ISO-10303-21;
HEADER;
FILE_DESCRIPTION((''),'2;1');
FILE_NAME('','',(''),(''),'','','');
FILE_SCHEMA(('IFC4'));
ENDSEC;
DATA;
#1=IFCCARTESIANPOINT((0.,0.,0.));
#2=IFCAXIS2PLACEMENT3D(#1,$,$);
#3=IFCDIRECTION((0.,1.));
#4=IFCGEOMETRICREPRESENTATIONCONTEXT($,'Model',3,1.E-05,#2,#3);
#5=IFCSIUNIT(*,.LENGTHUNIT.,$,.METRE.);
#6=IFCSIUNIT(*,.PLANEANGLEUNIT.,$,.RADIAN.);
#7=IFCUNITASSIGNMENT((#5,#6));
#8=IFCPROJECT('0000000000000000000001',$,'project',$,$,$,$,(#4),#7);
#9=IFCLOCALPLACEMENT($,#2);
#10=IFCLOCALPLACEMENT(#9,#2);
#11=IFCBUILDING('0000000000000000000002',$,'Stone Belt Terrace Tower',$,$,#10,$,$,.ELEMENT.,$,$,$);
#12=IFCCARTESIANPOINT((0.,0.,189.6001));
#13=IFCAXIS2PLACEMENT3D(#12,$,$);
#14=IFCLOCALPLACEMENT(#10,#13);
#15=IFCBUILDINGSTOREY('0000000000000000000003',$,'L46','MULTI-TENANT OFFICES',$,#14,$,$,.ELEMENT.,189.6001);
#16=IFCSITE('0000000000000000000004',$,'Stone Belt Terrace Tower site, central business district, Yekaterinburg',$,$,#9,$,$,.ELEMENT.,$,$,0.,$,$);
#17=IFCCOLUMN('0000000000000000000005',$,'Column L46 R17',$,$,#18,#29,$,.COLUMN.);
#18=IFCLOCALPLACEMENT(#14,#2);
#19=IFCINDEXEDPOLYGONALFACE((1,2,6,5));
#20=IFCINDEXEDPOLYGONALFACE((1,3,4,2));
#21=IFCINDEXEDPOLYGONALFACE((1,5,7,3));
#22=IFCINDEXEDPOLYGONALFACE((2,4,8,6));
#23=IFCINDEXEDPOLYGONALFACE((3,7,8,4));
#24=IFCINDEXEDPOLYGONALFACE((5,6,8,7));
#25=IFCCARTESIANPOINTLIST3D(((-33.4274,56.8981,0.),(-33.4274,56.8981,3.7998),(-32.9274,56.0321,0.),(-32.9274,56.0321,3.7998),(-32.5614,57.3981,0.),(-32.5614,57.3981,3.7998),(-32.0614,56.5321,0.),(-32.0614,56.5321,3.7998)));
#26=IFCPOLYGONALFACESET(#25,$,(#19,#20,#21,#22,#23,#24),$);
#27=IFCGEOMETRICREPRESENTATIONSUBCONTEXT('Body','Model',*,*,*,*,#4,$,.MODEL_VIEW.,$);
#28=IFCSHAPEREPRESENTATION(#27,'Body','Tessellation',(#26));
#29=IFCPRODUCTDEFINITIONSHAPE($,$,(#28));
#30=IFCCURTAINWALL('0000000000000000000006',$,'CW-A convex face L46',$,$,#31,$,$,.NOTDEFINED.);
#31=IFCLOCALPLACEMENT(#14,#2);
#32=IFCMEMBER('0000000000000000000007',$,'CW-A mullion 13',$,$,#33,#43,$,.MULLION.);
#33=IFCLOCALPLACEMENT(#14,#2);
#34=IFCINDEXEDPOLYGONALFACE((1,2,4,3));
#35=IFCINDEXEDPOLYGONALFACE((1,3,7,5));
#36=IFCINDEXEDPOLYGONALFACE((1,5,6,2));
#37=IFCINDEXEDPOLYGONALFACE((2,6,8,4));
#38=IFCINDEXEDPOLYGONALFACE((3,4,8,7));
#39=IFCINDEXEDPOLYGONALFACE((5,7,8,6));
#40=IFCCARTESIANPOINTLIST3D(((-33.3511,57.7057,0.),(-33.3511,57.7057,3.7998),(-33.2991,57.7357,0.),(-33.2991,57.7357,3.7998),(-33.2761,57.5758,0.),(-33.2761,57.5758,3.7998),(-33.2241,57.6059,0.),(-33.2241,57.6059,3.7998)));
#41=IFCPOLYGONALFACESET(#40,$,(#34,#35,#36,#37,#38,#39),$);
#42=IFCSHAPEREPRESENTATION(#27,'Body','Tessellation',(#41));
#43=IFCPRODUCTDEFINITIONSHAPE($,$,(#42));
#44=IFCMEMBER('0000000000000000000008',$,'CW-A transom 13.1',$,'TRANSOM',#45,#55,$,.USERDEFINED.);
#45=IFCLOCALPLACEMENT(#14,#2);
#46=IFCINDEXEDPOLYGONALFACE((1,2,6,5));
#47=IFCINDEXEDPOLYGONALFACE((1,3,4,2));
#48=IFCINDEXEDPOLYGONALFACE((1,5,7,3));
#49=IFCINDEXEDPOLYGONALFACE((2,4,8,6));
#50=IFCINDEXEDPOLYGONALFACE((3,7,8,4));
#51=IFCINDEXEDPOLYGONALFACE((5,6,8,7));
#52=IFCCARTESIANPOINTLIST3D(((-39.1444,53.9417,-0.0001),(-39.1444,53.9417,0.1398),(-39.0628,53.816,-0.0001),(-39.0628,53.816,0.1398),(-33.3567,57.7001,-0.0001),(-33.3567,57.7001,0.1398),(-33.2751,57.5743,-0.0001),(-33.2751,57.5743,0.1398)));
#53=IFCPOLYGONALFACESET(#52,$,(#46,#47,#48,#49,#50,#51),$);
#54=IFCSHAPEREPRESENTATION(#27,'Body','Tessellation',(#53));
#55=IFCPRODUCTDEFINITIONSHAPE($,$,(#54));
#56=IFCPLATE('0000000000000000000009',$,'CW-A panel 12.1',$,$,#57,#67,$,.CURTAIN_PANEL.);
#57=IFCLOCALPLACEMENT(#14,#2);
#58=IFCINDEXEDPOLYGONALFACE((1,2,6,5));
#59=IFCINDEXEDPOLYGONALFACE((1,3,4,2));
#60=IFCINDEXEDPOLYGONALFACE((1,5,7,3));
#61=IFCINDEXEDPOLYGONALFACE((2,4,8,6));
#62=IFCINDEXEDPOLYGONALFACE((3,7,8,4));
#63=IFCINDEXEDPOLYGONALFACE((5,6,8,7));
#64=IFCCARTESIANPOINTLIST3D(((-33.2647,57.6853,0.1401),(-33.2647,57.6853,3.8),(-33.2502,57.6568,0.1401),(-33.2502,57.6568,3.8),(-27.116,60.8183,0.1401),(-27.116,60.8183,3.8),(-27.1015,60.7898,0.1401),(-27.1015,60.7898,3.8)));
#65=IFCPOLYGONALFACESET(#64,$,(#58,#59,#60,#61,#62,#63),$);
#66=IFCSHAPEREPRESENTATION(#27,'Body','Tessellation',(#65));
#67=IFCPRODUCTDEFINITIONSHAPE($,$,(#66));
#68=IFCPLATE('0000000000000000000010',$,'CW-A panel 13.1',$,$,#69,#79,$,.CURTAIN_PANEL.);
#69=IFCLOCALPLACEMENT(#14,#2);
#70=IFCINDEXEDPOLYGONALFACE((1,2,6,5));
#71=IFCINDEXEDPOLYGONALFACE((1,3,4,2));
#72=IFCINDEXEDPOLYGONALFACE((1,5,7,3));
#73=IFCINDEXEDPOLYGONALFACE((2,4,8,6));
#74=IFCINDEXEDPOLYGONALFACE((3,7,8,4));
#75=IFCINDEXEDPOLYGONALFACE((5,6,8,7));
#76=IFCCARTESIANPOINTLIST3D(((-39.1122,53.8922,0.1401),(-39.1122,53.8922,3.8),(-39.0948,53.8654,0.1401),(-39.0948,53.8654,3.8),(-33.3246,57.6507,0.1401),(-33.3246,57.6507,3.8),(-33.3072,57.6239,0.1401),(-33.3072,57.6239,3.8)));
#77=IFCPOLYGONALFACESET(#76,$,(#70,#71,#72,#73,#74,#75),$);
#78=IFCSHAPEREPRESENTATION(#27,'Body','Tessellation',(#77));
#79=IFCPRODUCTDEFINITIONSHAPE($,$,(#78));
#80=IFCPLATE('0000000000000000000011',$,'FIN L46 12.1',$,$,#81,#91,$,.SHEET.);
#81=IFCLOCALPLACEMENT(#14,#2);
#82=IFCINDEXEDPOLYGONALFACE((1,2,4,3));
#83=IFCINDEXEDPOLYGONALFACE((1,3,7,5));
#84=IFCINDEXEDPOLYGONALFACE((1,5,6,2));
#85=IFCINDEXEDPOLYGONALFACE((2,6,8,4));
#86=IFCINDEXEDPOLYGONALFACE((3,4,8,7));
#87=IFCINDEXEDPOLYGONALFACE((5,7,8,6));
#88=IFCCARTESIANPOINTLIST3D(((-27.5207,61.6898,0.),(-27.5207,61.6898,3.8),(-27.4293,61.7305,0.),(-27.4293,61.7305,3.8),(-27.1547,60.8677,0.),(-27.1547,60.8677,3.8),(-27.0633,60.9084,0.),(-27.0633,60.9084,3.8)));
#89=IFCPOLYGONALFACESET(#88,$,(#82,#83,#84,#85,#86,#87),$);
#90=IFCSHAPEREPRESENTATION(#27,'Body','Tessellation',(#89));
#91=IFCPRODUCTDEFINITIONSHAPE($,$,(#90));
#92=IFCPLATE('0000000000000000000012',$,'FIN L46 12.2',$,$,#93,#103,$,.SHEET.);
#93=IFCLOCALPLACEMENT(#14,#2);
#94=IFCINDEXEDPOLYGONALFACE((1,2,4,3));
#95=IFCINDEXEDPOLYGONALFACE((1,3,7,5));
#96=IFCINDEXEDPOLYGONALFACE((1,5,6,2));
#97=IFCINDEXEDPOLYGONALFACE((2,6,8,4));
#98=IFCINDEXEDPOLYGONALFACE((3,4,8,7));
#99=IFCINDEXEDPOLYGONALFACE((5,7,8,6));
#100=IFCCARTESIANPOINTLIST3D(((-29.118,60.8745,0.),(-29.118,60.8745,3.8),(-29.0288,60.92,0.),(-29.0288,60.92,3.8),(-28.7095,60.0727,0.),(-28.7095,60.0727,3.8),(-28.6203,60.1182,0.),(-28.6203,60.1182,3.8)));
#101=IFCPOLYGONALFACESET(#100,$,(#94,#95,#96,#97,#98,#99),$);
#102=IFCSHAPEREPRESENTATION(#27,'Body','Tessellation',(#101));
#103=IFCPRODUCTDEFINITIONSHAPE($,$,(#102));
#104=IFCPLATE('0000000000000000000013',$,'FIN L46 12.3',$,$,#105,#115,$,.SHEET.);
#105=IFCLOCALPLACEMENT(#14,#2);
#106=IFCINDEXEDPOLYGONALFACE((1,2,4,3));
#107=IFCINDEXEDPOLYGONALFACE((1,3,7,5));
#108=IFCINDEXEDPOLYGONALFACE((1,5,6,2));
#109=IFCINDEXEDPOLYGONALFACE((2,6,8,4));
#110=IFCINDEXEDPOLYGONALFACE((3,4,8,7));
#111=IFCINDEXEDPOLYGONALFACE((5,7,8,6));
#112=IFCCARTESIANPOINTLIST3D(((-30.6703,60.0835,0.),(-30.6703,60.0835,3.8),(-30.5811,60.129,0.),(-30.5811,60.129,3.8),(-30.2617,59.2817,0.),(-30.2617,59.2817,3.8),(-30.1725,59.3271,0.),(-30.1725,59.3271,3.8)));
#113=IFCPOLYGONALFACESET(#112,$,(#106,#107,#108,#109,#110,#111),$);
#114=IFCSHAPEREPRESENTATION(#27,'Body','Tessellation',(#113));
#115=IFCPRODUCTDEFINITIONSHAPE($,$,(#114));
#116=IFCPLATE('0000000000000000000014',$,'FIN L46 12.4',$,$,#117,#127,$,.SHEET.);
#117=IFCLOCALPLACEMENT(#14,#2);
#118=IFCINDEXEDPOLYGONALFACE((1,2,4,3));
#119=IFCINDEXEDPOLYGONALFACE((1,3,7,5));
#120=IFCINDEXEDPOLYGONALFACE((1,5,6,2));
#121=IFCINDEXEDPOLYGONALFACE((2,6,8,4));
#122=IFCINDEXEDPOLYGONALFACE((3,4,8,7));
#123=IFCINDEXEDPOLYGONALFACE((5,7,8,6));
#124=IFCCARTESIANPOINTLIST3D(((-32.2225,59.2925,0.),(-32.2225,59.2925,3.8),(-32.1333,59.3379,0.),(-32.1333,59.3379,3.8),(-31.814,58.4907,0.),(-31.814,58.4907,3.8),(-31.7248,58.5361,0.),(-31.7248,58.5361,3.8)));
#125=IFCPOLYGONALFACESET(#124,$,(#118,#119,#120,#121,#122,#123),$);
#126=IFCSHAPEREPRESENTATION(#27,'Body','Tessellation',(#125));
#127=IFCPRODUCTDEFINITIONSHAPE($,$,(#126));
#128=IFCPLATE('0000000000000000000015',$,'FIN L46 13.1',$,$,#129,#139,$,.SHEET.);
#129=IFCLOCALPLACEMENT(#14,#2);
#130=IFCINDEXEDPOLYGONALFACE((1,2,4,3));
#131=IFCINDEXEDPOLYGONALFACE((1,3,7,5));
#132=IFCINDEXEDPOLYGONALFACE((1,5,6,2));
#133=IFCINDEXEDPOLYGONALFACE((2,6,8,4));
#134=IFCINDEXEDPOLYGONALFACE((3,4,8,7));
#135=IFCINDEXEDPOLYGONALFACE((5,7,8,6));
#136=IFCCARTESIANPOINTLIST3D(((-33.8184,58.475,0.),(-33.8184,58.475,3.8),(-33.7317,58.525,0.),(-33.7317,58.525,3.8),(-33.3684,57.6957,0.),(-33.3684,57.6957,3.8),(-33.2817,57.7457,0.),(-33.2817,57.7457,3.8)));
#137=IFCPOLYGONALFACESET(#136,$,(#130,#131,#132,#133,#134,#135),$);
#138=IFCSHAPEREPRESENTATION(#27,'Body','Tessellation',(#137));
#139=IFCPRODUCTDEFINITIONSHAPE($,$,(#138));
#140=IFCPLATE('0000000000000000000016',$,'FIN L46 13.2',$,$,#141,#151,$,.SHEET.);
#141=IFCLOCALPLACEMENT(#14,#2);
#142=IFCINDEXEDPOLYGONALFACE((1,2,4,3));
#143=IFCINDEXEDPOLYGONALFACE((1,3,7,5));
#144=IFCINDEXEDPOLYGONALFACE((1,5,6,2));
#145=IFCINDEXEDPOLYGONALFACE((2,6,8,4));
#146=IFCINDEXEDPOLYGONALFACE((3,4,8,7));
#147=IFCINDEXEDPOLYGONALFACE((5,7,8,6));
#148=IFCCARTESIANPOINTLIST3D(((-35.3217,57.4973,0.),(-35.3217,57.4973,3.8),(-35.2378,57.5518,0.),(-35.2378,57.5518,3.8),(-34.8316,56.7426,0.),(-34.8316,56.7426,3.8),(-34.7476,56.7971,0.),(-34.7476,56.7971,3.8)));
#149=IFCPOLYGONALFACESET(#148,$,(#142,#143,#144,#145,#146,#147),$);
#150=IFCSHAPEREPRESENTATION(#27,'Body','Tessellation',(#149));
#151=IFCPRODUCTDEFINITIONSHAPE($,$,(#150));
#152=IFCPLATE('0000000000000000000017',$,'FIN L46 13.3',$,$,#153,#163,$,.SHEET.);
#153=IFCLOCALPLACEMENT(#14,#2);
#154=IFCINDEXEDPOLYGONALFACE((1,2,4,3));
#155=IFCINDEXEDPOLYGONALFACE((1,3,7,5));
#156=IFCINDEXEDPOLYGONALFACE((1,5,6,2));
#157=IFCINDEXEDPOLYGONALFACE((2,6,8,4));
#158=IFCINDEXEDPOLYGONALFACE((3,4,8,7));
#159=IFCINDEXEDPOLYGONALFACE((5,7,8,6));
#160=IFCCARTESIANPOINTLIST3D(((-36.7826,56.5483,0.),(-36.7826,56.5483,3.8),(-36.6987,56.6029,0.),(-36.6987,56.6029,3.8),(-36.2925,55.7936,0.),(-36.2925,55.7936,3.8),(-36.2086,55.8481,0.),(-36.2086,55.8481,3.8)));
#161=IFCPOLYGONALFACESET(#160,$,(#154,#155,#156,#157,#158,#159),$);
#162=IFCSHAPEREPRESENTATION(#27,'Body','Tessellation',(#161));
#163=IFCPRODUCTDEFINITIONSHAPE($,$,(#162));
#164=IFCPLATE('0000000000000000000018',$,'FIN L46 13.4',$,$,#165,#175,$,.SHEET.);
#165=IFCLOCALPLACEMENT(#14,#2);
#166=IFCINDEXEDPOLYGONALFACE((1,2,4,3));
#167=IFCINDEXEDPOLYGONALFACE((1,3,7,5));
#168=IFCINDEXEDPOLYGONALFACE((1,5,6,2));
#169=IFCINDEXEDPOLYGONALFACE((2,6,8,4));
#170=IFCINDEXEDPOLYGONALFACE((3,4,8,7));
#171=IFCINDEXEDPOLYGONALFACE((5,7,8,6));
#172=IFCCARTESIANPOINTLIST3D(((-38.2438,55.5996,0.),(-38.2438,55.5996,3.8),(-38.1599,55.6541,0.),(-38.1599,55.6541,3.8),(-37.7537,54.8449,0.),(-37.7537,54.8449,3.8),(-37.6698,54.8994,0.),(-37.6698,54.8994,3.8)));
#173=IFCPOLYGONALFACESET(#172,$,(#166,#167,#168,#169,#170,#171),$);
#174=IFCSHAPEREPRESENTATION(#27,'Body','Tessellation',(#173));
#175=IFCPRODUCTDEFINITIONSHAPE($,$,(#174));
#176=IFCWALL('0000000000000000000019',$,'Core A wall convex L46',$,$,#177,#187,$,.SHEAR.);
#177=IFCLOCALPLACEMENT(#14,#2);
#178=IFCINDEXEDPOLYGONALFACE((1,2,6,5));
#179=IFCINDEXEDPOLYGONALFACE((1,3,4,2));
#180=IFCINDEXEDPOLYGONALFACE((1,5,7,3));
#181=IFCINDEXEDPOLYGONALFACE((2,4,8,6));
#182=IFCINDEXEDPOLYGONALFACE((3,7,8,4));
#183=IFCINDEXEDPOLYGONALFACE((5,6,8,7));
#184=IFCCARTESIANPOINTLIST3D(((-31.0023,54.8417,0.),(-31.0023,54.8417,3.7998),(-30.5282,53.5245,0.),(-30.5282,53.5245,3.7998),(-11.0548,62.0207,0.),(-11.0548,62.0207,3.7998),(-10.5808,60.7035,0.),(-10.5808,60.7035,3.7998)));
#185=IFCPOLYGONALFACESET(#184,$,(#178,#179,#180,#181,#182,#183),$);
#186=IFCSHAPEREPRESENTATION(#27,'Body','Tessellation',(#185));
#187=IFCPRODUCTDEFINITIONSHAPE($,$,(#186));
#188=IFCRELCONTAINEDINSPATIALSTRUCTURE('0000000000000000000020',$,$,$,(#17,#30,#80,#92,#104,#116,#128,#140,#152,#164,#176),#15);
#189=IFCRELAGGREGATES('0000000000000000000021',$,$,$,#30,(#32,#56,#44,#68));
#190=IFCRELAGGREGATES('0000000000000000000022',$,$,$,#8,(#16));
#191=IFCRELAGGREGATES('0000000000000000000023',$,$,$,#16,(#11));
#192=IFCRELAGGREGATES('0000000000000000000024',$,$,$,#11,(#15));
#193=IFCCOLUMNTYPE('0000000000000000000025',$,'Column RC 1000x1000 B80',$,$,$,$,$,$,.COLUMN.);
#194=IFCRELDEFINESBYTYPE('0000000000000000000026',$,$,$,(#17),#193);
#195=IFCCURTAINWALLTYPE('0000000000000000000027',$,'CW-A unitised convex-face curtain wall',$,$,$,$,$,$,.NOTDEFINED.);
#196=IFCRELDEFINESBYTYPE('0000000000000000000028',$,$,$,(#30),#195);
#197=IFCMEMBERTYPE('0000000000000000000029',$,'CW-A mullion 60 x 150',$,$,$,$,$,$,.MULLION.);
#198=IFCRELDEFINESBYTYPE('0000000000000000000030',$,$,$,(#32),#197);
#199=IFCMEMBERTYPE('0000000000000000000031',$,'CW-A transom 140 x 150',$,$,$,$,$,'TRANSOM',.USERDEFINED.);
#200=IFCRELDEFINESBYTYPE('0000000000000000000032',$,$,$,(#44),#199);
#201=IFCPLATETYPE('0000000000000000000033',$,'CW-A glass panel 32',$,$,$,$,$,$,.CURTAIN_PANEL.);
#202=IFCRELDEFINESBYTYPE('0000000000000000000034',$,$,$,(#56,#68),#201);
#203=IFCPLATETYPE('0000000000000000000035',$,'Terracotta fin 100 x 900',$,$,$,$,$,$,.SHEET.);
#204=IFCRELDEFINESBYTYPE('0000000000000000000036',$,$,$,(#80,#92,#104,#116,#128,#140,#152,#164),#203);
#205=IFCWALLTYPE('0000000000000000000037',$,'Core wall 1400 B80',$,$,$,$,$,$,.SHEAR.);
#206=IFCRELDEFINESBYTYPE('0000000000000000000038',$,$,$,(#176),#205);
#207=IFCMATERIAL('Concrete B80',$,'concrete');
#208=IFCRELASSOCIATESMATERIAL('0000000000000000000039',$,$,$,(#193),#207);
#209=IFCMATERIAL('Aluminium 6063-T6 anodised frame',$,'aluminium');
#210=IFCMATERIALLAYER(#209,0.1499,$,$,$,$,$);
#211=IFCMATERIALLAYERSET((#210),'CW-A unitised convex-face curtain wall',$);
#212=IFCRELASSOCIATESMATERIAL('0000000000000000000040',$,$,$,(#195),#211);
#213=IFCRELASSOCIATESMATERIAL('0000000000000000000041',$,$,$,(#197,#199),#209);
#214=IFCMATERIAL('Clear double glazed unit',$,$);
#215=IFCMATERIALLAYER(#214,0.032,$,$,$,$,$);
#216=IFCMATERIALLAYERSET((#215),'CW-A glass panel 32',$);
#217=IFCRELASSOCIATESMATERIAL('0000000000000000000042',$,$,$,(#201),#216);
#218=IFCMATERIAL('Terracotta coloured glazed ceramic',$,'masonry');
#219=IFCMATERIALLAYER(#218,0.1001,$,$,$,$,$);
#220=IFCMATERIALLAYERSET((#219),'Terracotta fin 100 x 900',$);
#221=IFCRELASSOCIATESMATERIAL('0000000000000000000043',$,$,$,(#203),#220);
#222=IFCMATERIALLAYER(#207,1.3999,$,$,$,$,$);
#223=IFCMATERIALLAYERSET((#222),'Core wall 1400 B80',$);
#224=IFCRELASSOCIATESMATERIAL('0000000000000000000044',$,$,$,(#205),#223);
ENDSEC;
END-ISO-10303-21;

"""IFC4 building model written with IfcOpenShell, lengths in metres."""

from ifc_helpers import new_model, si_unit, direction, frame, frame_2d, origin, origin_2d, place, context, subcontext, project, spatial, rectangle, extrude, material, layer, layer_set, material_profile, profile_set, type_object, element, aggregate, save


model = new_model("IFC4")

# Units and contexts
model_context = context("Model", 3, precision=1e-05, world=origin(), true_north=direction((0.0, 1.0)))
body_context = subcontext(model_context, "Body", "Model", "MODEL_VIEW")
ifc_project = project(units=[si_unit("LENGTHUNIT", "METRE"), si_unit("PLANEANGLEUNIT", "RADIAN")], contexts=[model_context])

# Site, building, storey
site_placement = place(None, origin())
site = spatial("IfcSite", under=ifc_project, at=site_placement, Name="Stone Belt Terrace Tower site, central business district, Yekaterinburg", CompositionType="ELEMENT", RefElevation=0.0)
building_placement = place(site_placement, origin())
building = spatial("IfcBuilding", under=site, at=building_placement, Name="Stone Belt Terrace Tower", CompositionType="ELEMENT")
storey_placement = place(building_placement, frame((0.0, 0.0, 189.6001)))
storey = spatial("IfcBuildingStorey", under=building, at=storey_placement, Name="L46", Description="MULTI-TENANT OFFICES", CompositionType="ELEMENT", Elevation=189.6001)

# Column
ifc_material_1 = material(Name="Concrete B80", Category="concrete")
ifc_material_profile_1 = material_profile(ifc_material_1, rectangle(XDim=1.0, YDim=1.0, at=origin_2d()), Name="RC 1000x1000")
ifc_profile_set_1 = profile_set([ifc_material_profile_1], Name="Concrete B80")
column_type = type_object("IfcColumnType", Name="Column RC 1000x1000 B80", PredefinedType="COLUMN", material=ifc_profile_set_1)
column_placement = place(storey_placement, frame((-32.7444, 56.7151, 0.0), z_axis=(0.0, 0.0, 1.0), x_axis=(0.866025, 0.5, 0.0)))
element("IfcColumn", 1, at=column_placement, inside=storey, type_object=column_type, Name="Column L46 R17", PredefinedType="COLUMN", context=body_context, shape_type="SweptSolid", body=[
    extrude(rectangle(XDim=1.0, YDim=1.0, at=origin_2d()), origin(), (0.0, 0.0, 1.0), 3.7998),
])

# Curtain wall, members, plates
ifc_material_2 = material(Name="Aluminium 6063-T6 anodised frame", Category="aluminium")
ifc_layer_1 = layer(ifc_material_2, 0.1499)
ifc_layer_set_1 = layer_set([ifc_layer_1], Name="CW-A unitised convex-face curtain wall")
curtain_wall_type = type_object("IfcCurtainWallType", Name="CW-A unitised convex-face curtain wall", PredefinedType="NOTDEFINED", material=ifc_layer_set_1)
curtain_wall_placement = place(storey_placement, origin())
curtain_wall = element("IfcCurtainWall", 2, at=curtain_wall_placement, inside=storey, type_object=curtain_wall_type, Name="CW-A convex face L46", PredefinedType="NOTDEFINED")
ifc_material_profile_2 = material_profile(ifc_material_2, rectangle(XDim=0.1499, YDim=0.0601, at=origin_2d()), Name="Aluminium 6063-T6 60x150")
ifc_profile_set_2 = profile_set([ifc_material_profile_2], Name="Aluminium 6063-T6 anodised frame")
member_type_1 = type_object("IfcMemberType", Name="CW-A mullion 60 x 150", PredefinedType="MULLION", material=ifc_profile_set_2)
member_1_placement = place(storey_placement, frame((-33.2876, 57.6558, 0.0), z_axis=(0.0, 0.0, 1.0), x_axis=(0.5, -0.866025, 0.0)))
member_1 = element("IfcMember", 3, at=member_1_placement, type_object=member_type_1, Name="CW-A mullion 13", PredefinedType="MULLION", context=body_context, shape_type="SweptSolid", body=[
    extrude(rectangle(XDim=0.1499, YDim=0.0601, at=origin_2d()), origin(), (0.0, 0.0, 1.0), 3.7998),
])
ifc_material_profile_3 = material_profile(ifc_material_2, rectangle(XDim=0.1499, YDim=0.1399, at=origin_2d()), Name="Aluminium 6063-T6 150x140")
ifc_profile_set_3 = profile_set([ifc_material_profile_3], Name="Aluminium 6063-T6 anodised frame")
member_type_2 = type_object("IfcMemberType", Name="CW-A transom 140 x 150", ElementType="TRANSOM", PredefinedType="USERDEFINED", material=ifc_profile_set_3)
member_2_placement = place(storey_placement, frame((-33.3159, 57.6372, 0.0698), z_axis=(-0.838684, -0.544618, 0.0), x_axis=(0.544618, -0.838684, 0.0)))
member_2 = element("IfcMember", 4, at=member_2_placement, type_object=member_type_2, Name="CW-A transom 13.1", ObjectType="TRANSOM", PredefinedType="USERDEFINED", context=body_context, shape_type="SweptSolid", body=[
    extrude(rectangle(XDim=0.1499, YDim=0.1399, at=origin_2d()), origin(), (0.0, 0.0, 1.0), 6.9009),
])
ifc_material_3 = material(Name="Clear double glazed unit")
ifc_layer_2 = layer(ifc_material_3, 0.032)
ifc_layer_set_2 = layer_set([ifc_layer_2], Name="CW-A glass panel 32")
plate_type_1 = type_object("IfcPlateType", Name="CW-A glass panel 32", PredefinedType="CURTAIN_PANEL", material=ifc_layer_set_2)
plate_1_placement = place(storey_placement, frame((-30.1831, 59.2375, 0.1401), z_axis=(0.0, 0.0, 1.0), x_axis=(-0.891007, -0.45399, 0.0)))
plate_1 = element("IfcPlate", 5, at=plate_1_placement, type_object=plate_type_1, Name="CW-A panel 12.1", PredefinedType="CURTAIN_PANEL", context=body_context, shape_type="SweptSolid", body=[
    extrude(rectangle(XDim=6.9009, YDim=0.032, at=origin_2d()), origin(), (0.0, 0.0, 1.0), 3.6599),
])
plate_2_placement = place(storey_placement, frame((-36.2097, 55.7581, 0.1401), z_axis=(0.0, 0.0, 1.0), x_axis=(-0.838671, -0.544639, 0.0)))
plate_2 = element("IfcPlate", 6, at=plate_2_placement, type_object=plate_type_1, Name="CW-A panel 13.1", PredefinedType="CURTAIN_PANEL", context=body_context, shape_type="SweptSolid", body=[
    extrude(rectangle(XDim=6.9009, YDim=0.032, at=origin_2d()), origin(), (0.0, 0.0, 1.0), 3.6599),
])
aggregate(curtain_wall, [member_1, plate_1, member_2, plate_2])

# Plates
ifc_material_4 = material(Name="Terracotta coloured glazed ceramic", Category="masonry")
ifc_layer_3 = layer(ifc_material_4, 0.1001)
ifc_layer_set_3 = layer_set([ifc_layer_3], Name="Terracotta fin 100 x 900")
plate_type_2 = type_object("IfcPlateType", Name="Terracotta fin 100 x 900", PredefinedType="SHEET", material=ifc_layer_set_3)
for number, where, z_axis, x_axis, name in (
    (7, (-27.292, 61.2991, 0.0), (0.0, 0.0, 1.0), (-0.406737, 0.913545, 0.0), "FIN L46 12.1"),
    (8, (-28.8691, 60.4963, 0.0), (0.0, 0.0, 1.0), (-0.45399, 0.891007, 0.0), "FIN L46 12.2"),
    (9, (-30.4214, 59.7053, 0.0), (0.0, 0.0, 1.0), (-0.45399, 0.891007, 0.0), "FIN L46 12.3"),
    (10, (-31.9736, 58.9143, 0.0), (0.0, 0.0, 1.0), (-0.45399, 0.891007, 0.0), "FIN L46 12.4"),
    (11, (-33.55, 58.1104, 0.0), (0.0, 0.0, 1.0), (-0.5, 0.866025, 0.0), "FIN L46 13.1"),
    (12, (-35.0347, 57.1472, 0.0), (0.0, 0.0, 1.0), (-0.544639, 0.838671, 0.0), "FIN L46 13.2"),
    (13, (-36.4956, 56.1982, 0.0), (0.0, 0.0, 1.0), (-0.544639, 0.838671, 0.0), "FIN L46 13.3"),
    (14, (-37.9568, 55.2495, 0.0), (0.0, 0.0, 1.0), (-0.544639, 0.838671, 0.0), "FIN L46 13.4"),
):
    element("IfcPlate", number, at=place(storey_placement, frame(where, z_axis=z_axis, x_axis=x_axis)), inside=storey, type_object=plate_type_2, Name=name, PredefinedType="SHEET", context=body_context, shape_type="SweptSolid", body=[
        extrude(rectangle(XDim=0.8999, YDim=0.1001, at=origin_2d()), origin(), (0.0, 0.0, 1.0), 3.8),
    ])

# Wall
ifc_layer_4 = layer(ifc_material_1, 1.3999)
ifc_layer_set_4 = layer_set([ifc_layer_4], Name="Core wall 1400 B80")
wall_type_1 = type_object("IfcWallType", Name="Core wall 1400 B80", PredefinedType="SHEAR", material=ifc_layer_set_4)
wall_1_placement = place(storey_placement, frame((-30.7654, 54.1831, 0.0), z_axis=(0.0, 0.0, 1.0), x_axis=(0.94092, 0.33863, 0.0)))
element("IfcWall", 15, at=wall_1_placement, inside=storey, type_object=wall_type_1, Name="Core A wall convex L46", PredefinedType="SHEAR", context=body_context, shape_type="SweptSolid", body=[
    extrude(rectangle(XDim=21.2, YDim=1.3999, at=frame_2d((10.6001, 0.0))), origin(), (0.0, 0.0, 1.0), 3.7998),
])

save(model, "model.ifc")
